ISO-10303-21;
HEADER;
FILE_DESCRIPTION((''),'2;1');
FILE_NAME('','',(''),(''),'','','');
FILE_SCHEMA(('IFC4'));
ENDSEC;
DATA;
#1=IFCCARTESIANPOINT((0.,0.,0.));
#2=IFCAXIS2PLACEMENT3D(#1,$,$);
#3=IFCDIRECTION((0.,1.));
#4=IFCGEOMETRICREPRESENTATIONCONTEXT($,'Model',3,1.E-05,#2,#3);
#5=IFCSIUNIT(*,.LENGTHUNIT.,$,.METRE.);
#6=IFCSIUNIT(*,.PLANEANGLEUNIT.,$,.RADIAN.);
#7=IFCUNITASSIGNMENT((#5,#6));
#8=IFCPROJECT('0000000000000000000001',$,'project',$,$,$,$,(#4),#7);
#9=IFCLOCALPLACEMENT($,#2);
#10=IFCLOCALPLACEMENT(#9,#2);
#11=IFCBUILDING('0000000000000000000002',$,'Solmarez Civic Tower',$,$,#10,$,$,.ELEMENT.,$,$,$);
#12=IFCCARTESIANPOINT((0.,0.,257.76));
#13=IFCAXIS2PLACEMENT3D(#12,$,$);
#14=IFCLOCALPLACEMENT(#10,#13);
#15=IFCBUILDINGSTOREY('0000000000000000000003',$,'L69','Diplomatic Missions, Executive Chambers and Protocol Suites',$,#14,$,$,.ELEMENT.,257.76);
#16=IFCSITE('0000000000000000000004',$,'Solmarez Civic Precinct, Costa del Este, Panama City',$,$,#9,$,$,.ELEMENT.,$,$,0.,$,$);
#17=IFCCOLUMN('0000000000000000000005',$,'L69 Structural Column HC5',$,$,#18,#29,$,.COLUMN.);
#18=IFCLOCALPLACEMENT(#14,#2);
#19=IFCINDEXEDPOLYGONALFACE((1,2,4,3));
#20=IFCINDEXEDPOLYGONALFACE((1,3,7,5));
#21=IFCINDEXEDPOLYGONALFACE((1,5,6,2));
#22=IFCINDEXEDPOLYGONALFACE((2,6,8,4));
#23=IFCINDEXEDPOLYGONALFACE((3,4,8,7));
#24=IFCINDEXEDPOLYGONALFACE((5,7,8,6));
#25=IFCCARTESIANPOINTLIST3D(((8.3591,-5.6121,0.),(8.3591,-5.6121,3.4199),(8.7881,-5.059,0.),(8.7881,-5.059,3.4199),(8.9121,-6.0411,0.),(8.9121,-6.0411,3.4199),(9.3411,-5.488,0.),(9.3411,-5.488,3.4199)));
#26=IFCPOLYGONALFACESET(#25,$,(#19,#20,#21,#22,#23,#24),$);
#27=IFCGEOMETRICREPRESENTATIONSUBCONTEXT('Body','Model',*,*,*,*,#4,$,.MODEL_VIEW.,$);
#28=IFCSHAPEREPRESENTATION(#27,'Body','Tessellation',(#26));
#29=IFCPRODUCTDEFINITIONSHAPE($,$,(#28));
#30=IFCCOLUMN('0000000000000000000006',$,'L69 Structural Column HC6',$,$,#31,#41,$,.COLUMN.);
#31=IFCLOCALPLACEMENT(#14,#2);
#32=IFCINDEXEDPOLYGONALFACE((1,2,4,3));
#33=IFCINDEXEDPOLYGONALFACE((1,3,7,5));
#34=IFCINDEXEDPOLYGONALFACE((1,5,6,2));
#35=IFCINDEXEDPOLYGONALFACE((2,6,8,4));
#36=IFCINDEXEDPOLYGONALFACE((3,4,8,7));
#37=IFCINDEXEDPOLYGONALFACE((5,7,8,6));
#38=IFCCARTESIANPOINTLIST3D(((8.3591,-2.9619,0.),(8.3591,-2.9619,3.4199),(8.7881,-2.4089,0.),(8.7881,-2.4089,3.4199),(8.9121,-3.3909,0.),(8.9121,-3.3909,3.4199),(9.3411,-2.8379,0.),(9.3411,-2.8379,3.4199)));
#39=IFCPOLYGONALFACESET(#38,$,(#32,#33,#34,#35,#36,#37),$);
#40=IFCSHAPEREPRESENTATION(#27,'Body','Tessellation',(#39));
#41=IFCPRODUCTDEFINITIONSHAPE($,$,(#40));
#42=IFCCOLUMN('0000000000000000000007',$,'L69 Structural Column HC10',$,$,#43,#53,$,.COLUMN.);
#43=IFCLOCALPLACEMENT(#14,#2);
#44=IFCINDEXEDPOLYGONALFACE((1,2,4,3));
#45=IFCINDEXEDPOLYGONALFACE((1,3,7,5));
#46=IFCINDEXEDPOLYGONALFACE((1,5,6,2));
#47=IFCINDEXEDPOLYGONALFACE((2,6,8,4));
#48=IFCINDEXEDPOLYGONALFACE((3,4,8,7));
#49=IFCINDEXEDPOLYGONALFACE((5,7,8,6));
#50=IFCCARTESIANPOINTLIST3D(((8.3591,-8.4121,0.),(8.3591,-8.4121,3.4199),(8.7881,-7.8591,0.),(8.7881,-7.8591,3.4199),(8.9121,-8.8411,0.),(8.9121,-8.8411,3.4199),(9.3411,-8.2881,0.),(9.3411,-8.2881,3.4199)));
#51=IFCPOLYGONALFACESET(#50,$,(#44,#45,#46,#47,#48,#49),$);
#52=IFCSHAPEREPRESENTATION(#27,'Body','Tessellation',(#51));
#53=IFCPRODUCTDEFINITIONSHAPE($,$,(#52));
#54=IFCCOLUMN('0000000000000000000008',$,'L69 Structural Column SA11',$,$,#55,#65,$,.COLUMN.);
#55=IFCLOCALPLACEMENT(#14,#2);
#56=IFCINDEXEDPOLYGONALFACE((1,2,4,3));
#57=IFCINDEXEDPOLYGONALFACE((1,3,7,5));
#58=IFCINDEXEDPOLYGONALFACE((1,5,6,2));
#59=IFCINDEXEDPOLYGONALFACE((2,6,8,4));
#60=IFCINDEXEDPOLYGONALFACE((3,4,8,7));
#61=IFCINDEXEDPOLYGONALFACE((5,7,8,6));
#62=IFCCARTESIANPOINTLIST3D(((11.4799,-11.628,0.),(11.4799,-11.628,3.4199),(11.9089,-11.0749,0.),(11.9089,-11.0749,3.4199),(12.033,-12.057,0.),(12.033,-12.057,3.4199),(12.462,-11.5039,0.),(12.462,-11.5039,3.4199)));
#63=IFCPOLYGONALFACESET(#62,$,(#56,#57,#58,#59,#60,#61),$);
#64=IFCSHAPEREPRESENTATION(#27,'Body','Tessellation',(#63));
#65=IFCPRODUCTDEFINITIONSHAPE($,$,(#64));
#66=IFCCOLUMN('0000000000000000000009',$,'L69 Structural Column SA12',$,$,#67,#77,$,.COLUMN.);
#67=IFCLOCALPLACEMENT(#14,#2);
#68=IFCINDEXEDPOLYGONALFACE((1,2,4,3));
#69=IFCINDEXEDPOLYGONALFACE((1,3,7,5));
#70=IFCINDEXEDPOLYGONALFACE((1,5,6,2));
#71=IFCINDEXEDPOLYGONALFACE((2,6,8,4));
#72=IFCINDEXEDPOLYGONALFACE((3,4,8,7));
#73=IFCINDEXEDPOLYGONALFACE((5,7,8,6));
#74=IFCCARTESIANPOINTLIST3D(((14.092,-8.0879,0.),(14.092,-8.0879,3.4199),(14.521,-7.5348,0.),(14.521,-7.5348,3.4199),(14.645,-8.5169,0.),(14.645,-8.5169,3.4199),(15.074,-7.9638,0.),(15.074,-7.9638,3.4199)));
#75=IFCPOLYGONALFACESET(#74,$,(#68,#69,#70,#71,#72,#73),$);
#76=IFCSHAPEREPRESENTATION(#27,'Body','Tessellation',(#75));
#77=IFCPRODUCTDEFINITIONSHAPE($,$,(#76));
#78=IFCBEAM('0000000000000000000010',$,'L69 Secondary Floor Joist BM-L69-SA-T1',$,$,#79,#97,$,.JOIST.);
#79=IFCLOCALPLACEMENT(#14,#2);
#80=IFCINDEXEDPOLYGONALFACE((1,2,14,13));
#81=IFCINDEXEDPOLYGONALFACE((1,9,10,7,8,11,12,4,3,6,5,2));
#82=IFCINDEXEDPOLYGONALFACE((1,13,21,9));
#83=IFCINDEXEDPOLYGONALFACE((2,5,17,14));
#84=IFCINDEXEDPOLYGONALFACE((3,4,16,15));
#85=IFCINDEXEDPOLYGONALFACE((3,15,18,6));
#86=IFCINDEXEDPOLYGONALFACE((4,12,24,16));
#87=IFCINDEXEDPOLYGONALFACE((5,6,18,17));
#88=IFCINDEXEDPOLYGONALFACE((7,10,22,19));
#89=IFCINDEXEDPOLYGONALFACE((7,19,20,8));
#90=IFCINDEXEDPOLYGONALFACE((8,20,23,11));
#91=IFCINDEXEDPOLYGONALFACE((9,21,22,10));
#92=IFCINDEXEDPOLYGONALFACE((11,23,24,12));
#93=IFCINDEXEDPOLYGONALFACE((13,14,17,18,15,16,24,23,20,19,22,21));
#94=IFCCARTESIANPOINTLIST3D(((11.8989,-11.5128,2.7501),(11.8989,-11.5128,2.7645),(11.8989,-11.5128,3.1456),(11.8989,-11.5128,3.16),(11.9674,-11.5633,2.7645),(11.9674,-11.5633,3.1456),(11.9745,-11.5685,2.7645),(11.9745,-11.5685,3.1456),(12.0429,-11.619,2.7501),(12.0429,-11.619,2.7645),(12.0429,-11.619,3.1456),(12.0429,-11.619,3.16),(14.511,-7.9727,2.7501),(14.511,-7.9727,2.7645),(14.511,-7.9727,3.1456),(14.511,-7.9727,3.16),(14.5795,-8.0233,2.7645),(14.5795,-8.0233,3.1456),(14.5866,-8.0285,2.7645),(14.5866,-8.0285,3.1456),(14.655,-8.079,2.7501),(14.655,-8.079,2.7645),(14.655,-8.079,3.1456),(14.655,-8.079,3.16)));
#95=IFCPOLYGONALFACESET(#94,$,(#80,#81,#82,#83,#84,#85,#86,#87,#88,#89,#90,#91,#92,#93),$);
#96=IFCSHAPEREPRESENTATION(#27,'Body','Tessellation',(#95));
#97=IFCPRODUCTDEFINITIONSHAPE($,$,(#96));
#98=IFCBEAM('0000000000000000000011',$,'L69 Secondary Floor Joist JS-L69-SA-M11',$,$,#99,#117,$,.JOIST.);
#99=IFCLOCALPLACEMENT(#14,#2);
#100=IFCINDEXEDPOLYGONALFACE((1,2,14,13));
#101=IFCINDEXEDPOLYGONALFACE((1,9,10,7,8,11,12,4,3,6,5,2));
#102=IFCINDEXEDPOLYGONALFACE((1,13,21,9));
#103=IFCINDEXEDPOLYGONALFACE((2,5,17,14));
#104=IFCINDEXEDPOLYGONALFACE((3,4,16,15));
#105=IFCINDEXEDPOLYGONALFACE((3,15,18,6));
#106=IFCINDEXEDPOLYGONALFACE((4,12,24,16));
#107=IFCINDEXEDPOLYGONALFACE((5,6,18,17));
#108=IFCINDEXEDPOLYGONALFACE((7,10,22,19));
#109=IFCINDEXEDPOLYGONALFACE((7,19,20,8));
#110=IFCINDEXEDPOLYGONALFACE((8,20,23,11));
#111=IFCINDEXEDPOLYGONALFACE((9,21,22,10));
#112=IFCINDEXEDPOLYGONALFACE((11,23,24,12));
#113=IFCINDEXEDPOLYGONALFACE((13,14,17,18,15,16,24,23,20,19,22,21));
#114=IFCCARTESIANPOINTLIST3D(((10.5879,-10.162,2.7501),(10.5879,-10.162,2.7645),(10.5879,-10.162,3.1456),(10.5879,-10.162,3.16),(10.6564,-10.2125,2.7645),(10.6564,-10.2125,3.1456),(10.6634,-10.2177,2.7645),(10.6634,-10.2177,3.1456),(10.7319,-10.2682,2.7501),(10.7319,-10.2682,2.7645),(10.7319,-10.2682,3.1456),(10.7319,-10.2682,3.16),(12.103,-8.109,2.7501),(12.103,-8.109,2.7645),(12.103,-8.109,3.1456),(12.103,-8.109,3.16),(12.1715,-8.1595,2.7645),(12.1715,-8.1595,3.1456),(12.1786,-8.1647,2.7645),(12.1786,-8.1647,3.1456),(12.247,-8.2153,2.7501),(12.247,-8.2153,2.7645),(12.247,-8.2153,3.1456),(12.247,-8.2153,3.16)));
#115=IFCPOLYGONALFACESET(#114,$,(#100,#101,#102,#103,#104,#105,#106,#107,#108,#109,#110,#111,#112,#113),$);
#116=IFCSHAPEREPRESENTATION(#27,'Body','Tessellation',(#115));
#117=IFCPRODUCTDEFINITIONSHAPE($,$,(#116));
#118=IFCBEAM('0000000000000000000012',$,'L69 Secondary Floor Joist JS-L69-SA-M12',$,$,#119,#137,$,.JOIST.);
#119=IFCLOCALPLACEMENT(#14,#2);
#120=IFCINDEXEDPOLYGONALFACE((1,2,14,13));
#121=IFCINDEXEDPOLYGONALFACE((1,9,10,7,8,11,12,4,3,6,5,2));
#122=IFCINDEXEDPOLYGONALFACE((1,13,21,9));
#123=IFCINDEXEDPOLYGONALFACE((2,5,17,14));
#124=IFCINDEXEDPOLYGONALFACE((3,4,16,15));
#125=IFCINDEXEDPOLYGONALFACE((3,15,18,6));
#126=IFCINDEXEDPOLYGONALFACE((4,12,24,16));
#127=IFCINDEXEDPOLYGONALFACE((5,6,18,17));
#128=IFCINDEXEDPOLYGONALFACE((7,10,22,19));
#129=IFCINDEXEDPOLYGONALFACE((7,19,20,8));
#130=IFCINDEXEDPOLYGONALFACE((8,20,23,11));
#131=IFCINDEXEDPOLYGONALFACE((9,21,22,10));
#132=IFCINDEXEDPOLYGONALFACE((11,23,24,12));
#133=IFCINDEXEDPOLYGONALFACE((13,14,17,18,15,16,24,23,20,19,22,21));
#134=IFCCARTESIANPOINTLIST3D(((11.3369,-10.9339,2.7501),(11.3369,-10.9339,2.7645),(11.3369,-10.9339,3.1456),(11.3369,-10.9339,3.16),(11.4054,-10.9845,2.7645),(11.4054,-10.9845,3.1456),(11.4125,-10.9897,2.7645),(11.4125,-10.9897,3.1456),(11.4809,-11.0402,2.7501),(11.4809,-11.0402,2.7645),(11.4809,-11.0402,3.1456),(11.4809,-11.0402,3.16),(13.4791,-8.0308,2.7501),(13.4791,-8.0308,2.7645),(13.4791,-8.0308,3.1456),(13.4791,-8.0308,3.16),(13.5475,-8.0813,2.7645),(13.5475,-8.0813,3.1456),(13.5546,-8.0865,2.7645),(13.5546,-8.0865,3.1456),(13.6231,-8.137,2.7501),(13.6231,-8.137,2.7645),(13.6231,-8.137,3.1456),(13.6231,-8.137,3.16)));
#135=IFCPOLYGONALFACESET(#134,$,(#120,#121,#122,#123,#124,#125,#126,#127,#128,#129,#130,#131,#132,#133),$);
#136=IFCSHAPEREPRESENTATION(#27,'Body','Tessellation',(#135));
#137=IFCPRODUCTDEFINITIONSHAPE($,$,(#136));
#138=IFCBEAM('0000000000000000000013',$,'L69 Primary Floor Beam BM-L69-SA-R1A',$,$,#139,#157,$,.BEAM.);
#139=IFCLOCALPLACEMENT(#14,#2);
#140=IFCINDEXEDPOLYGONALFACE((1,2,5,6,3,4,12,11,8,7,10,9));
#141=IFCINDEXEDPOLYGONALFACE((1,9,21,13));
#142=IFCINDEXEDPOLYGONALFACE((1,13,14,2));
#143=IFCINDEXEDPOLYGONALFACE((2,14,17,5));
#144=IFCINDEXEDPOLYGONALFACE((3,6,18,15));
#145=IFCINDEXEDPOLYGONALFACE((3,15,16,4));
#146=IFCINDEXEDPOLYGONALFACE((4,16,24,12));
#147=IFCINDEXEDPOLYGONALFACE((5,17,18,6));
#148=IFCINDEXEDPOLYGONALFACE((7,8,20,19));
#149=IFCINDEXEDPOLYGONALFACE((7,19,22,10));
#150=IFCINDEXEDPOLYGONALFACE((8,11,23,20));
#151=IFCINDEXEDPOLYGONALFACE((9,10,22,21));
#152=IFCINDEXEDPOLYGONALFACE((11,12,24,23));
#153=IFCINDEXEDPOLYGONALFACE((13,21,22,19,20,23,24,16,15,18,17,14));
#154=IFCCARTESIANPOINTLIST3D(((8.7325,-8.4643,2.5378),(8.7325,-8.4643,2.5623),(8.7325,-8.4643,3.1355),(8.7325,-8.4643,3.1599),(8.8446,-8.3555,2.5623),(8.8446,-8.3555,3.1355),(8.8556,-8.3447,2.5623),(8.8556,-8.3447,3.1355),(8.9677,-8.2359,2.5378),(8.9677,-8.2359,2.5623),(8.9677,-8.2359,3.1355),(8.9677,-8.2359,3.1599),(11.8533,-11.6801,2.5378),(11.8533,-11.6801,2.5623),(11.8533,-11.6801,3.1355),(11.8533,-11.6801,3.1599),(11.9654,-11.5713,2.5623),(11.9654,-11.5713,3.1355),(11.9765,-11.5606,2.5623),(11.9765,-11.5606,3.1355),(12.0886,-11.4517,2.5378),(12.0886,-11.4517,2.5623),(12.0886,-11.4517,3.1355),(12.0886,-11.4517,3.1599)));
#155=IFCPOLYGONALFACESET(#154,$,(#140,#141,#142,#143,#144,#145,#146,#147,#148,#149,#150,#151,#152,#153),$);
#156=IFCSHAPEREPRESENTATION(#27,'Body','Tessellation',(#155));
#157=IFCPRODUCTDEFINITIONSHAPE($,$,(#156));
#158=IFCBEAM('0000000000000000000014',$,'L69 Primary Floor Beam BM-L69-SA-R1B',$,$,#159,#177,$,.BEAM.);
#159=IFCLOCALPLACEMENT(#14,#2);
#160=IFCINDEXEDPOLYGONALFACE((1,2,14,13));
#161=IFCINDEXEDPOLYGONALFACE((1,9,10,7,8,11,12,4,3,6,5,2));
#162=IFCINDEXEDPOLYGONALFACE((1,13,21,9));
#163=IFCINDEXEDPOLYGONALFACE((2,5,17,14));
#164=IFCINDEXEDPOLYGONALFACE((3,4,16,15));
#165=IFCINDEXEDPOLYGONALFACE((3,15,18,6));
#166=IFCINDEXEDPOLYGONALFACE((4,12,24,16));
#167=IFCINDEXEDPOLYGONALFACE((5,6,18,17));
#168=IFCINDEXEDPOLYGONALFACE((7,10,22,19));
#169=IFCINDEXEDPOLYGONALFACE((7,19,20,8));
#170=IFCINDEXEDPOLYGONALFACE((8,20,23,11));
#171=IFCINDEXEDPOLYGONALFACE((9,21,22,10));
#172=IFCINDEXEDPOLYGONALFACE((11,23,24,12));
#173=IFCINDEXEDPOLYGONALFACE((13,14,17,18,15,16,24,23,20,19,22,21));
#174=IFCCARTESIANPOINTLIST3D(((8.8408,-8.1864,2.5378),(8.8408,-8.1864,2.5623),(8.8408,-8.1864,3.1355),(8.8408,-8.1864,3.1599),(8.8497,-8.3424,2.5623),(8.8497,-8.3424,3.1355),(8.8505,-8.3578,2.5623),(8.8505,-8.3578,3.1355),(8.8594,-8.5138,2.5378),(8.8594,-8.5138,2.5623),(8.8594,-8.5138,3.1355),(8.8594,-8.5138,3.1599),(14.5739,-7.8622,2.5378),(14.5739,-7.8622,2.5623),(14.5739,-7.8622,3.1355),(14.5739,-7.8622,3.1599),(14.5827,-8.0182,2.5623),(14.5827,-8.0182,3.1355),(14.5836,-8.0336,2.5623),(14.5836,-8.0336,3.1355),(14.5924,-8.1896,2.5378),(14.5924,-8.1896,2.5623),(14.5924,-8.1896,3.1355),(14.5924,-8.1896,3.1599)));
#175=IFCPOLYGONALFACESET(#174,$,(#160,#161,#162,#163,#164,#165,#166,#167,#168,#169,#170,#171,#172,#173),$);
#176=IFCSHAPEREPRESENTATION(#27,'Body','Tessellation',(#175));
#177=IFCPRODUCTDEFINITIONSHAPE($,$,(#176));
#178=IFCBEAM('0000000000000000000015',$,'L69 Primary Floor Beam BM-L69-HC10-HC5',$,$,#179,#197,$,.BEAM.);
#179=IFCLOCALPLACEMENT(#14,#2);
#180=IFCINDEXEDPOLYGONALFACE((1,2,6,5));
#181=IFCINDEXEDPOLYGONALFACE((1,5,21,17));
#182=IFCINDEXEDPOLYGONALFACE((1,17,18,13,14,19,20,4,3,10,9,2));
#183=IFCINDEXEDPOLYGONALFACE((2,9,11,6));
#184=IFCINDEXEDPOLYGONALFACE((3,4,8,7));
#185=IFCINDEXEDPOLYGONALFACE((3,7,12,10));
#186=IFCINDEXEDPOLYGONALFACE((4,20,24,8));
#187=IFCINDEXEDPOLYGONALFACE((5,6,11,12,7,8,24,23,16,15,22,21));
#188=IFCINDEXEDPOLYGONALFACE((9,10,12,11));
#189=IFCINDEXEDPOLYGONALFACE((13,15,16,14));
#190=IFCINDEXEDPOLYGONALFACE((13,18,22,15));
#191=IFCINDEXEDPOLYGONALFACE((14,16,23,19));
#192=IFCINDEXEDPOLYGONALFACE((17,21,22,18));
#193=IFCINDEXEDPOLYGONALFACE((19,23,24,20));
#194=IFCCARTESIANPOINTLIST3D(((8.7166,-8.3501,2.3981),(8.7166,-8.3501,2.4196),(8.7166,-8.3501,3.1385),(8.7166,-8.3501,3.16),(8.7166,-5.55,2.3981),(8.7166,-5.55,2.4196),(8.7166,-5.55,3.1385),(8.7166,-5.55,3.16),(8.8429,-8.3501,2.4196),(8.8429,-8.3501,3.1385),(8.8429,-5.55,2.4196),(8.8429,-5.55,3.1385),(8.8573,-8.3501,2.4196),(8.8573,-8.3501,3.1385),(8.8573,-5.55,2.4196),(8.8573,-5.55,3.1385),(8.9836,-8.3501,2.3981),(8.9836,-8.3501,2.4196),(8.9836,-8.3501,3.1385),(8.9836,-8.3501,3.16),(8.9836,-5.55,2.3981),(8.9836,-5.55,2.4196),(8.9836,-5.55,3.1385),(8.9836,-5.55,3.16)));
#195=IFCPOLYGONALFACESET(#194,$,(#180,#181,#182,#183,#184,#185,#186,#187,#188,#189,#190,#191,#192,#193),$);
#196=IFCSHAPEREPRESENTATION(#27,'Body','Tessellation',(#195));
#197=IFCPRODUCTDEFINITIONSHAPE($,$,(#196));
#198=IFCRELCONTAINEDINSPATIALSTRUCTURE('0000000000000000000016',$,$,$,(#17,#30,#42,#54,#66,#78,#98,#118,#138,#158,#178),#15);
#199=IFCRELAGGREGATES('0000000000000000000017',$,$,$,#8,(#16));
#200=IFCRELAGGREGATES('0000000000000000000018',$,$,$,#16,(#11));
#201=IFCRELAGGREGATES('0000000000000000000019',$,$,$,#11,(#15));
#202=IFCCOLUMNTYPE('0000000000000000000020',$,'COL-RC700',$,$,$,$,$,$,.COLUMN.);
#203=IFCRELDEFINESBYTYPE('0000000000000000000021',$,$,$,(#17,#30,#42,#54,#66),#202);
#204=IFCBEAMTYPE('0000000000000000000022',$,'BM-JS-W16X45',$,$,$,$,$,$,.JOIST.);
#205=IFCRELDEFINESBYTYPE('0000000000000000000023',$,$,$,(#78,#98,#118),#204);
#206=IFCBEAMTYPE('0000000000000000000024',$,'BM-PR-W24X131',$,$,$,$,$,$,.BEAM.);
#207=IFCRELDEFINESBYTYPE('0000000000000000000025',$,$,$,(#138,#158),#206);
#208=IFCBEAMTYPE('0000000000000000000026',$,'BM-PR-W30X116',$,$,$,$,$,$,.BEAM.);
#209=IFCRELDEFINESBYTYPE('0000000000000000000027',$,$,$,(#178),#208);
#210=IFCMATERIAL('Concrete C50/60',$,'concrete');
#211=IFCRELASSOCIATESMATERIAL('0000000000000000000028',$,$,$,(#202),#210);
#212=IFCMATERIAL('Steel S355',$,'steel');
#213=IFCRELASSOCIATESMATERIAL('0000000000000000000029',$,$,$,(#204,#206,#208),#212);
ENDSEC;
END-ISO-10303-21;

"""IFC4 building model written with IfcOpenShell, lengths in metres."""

from ifc_helpers import new_model, si_unit, direction, frame, origin, origin_2d, place, context, subcontext, project, spatial, rectangle, i_section, extrude, material, material_profile, profile_set, type_object, element, save


model = new_model("IFC4")

# Units and contexts
model_context = context("Model", 3, precision=1e-05, world=origin(), true_north=direction((0.0, 1.0)))
body_context = subcontext(model_context, "Body", "Model", "MODEL_VIEW")
ifc_project = project(units=[si_unit("LENGTHUNIT", "METRE"), si_unit("PLANEANGLEUNIT", "RADIAN")], contexts=[model_context])

# Site, building, storey
site_placement = place(None, origin())
site = spatial("IfcSite", under=ifc_project, at=site_placement, Name="Solmarez Civic Precinct, Costa del Este, Panama City", CompositionType="ELEMENT", RefElevation=0.0)
building_placement = place(site_placement, origin())
building = spatial("IfcBuilding", under=site, at=building_placement, Name="Solmarez Civic Tower", CompositionType="ELEMENT")
storey_placement = place(building_placement, frame((0.0, 0.0, 257.76)))
storey = spatial("IfcBuildingStorey", under=building, at=storey_placement, Name="L69", Description="Diplomatic Missions, Executive Chambers and Protocol Suites", CompositionType="ELEMENT", Elevation=257.76)

# Columns
ifc_material_1 = material(Name="Concrete C50/60", Category="concrete")
ifc_material_profile_1 = material_profile(ifc_material_1, rectangle(XDim=0.7, YDim=0.7, at=origin_2d()), Name="RC700X700")
ifc_profile_set_1 = profile_set([ifc_material_profile_1], Name="Concrete C50/60")
column_type = type_object("IfcColumnType", Name="COL-RC700", PredefinedType="COLUMN", material=ifc_profile_set_1)
for number, where, z_axis, x_axis, name in (
    (1, (8.8501, -5.55, 0.0), (0.0, 0.0, 1.0), (0.612907, 0.790155, 0.0), "L69 Structural Column HC5"),
    (2, (8.8501, -2.8999, 0.0), (0.0, 0.0, 1.0), (0.612907, 0.790155, 0.0), "L69 Structural Column HC6"),
    (3, (8.8501, -8.3501, 0.0), (0.0, 0.0, 1.0), (0.612907, 0.790155, 0.0), "L69 Structural Column HC10"),
    (4, (11.9709, -11.5659, 0.0), (0.0, 0.0, 1.0), (0.612907, 0.790155, 0.0), "L69 Structural Column SA11"),
    (5, (14.583, -8.0259, 0.0), (0.0, 0.0, 1.0), (0.612907, 0.790155, 0.0), "L69 Structural Column SA12"),
):
    element("IfcColumn", number, at=place(storey_placement, frame(where, z_axis=z_axis, x_axis=x_axis)), inside=storey, type_object=column_type, Name=name, PredefinedType="COLUMN", context=body_context, shape_type="SweptSolid", body=[
        extrude(rectangle(XDim=0.7, YDim=0.7, at=origin_2d()), origin(), (0.0, 0.0, 1.0), 3.4199),
    ])

# Beams
ifc_material_2 = material(Name="Steel S355", Category="steel")
ifc_material_profile_2 = material_profile(ifc_material_2, i_section(OverallWidth=0.179, OverallDepth=0.4099, WebThickness=0.0088, FlangeThickness=0.0144, at=origin_2d()), Name="W16X45")
ifc_profile_set_2 = profile_set([ifc_material_profile_2], Name="Steel S355")
beam_type_1 = type_object("IfcBeamType", Name="BM-JS-W16X45", PredefinedType="JOIST", material=ifc_profile_set_2)
beam_1_placement = place(storey_placement, frame((11.9709, -11.5659, 2.9551), z_axis=(0.593731, 0.804664, 0.0), x_axis=(-0.804664, 0.593731, 0.0)))
element("IfcBeam", 6, at=beam_1_placement, inside=storey, type_object=beam_type_1, Name="L69 Secondary Floor Joist BM-L69-SA-T1", PredefinedType="JOIST", context=body_context, shape_type="SweptSolid", body=[
    extrude(i_section(OverallWidth=0.179, OverallDepth=0.4099, WebThickness=0.0088, FlangeThickness=0.0144, at=origin_2d()), origin(), (0.0, 0.0, 1.0), 4.3994),
])
beam_2_placement = place(storey_placement, frame((10.6599, -10.2151, 2.9551), z_axis=(0.593812, 0.804603, 0.0), x_axis=(-0.804603, 0.593812, 0.0)))
element("IfcBeam", 7, at=beam_2_placement, inside=storey, type_object=beam_type_1, Name="L69 Secondary Floor Joist JS-L69-SA-M11", PredefinedType="JOIST", context=body_context, shape_type="SweptSolid", body=[
    extrude(i_section(OverallWidth=0.179, OverallDepth=0.4099, WebThickness=0.0088, FlangeThickness=0.0144, at=origin_2d()), origin(), (0.0, 0.0, 1.0), 2.5515),
])
beam_3_placement = place(storey_placement, frame((11.4089, -10.9871, 2.9551), z_axis=(0.593734, 0.804661, 0.0), x_axis=(-0.804661, 0.593734, 0.0)))
element("IfcBeam", 8, at=beam_3_placement, inside=storey, type_object=beam_type_1, Name="L69 Secondary Floor Joist JS-L69-SA-M12", PredefinedType="JOIST", context=body_context, shape_type="SweptSolid", body=[
    extrude(i_section(OverallWidth=0.179, OverallDepth=0.4099, WebThickness=0.0088, FlangeThickness=0.0144, at=origin_2d()), origin(), (0.0, 0.0, 1.0), 3.6079),
])
ifc_material_profile_3 = material_profile(ifc_material_2, i_section(OverallWidth=0.3279, OverallDepth=0.6221, WebThickness=0.0154, FlangeThickness=0.0244, at=origin_2d()), Name="W24X131")
ifc_profile_set_3 = profile_set([ifc_material_profile_3], Name="Steel S355")
beam_type_2 = type_object("IfcBeamType", Name="BM-PR-W24X131", PredefinedType="BEAM", material=ifc_profile_set_3)
beam_4_placement = place(storey_placement, frame((8.8501, -8.3501, 2.8489), z_axis=(0.696431, -0.717624, 0.0), x_axis=(0.717624, 0.696431, 0.0)))
element("IfcBeam", 9, at=beam_4_placement, inside=storey, type_object=beam_type_2, Name="L69 Primary Floor Beam BM-L69-SA-R1A", PredefinedType="BEAM", context=body_context, shape_type="SweptSolid", body=[
    extrude(i_section(OverallWidth=0.3279, OverallDepth=0.6221, WebThickness=0.0154, FlangeThickness=0.0244, at=origin_2d()), origin(), (0.0, 0.0, 1.0), 4.4812),
])
beam_5_placement = place(storey_placement, frame((8.8501, -8.3501, 2.8489), z_axis=(0.998405, 0.056464, 0.0), x_axis=(-0.056464, 0.998405, 0.0)))
element("IfcBeam", 10, at=beam_5_placement, inside=storey, type_object=beam_type_2, Name="L69 Primary Floor Beam BM-L69-SA-R1B", PredefinedType="BEAM", context=body_context, shape_type="SweptSolid", body=[
    extrude(i_section(OverallWidth=0.3279, OverallDepth=0.6221, WebThickness=0.0154, FlangeThickness=0.0244, at=origin_2d()), origin(), (0.0, 0.0, 1.0), 5.7422),
])
ifc_material_profile_4 = material_profile(ifc_material_2, i_section(OverallWidth=0.2671, OverallDepth=0.762, WebThickness=0.0144, FlangeThickness=0.0215, at=origin_2d()), Name="W30X116")
ifc_profile_set_4 = profile_set([ifc_material_profile_4], Name="Steel S355")
beam_type_3 = type_object("IfcBeamType", Name="BM-PR-W30X116", PredefinedType="BEAM", material=ifc_profile_set_4)
beam_6_placement = place(storey_placement, frame((8.8501, -8.3501, 2.7791), z_axis=(0.0, 1.0, 0.0), x_axis=(-1.0, 0.0, 0.0)))
element("IfcBeam", 11, at=beam_6_placement, inside=storey, type_object=beam_type_3, Name="L69 Primary Floor Beam BM-L69-HC10-HC5", PredefinedType="BEAM", context=body_context, shape_type="SweptSolid", body=[
    extrude(i_section(OverallWidth=0.2671, OverallDepth=0.762, WebThickness=0.0144, FlangeThickness=0.0215, at=origin_2d()), origin(), (0.0, 0.0, 1.0), 2.8),
])

save(model, "model.ifc")
